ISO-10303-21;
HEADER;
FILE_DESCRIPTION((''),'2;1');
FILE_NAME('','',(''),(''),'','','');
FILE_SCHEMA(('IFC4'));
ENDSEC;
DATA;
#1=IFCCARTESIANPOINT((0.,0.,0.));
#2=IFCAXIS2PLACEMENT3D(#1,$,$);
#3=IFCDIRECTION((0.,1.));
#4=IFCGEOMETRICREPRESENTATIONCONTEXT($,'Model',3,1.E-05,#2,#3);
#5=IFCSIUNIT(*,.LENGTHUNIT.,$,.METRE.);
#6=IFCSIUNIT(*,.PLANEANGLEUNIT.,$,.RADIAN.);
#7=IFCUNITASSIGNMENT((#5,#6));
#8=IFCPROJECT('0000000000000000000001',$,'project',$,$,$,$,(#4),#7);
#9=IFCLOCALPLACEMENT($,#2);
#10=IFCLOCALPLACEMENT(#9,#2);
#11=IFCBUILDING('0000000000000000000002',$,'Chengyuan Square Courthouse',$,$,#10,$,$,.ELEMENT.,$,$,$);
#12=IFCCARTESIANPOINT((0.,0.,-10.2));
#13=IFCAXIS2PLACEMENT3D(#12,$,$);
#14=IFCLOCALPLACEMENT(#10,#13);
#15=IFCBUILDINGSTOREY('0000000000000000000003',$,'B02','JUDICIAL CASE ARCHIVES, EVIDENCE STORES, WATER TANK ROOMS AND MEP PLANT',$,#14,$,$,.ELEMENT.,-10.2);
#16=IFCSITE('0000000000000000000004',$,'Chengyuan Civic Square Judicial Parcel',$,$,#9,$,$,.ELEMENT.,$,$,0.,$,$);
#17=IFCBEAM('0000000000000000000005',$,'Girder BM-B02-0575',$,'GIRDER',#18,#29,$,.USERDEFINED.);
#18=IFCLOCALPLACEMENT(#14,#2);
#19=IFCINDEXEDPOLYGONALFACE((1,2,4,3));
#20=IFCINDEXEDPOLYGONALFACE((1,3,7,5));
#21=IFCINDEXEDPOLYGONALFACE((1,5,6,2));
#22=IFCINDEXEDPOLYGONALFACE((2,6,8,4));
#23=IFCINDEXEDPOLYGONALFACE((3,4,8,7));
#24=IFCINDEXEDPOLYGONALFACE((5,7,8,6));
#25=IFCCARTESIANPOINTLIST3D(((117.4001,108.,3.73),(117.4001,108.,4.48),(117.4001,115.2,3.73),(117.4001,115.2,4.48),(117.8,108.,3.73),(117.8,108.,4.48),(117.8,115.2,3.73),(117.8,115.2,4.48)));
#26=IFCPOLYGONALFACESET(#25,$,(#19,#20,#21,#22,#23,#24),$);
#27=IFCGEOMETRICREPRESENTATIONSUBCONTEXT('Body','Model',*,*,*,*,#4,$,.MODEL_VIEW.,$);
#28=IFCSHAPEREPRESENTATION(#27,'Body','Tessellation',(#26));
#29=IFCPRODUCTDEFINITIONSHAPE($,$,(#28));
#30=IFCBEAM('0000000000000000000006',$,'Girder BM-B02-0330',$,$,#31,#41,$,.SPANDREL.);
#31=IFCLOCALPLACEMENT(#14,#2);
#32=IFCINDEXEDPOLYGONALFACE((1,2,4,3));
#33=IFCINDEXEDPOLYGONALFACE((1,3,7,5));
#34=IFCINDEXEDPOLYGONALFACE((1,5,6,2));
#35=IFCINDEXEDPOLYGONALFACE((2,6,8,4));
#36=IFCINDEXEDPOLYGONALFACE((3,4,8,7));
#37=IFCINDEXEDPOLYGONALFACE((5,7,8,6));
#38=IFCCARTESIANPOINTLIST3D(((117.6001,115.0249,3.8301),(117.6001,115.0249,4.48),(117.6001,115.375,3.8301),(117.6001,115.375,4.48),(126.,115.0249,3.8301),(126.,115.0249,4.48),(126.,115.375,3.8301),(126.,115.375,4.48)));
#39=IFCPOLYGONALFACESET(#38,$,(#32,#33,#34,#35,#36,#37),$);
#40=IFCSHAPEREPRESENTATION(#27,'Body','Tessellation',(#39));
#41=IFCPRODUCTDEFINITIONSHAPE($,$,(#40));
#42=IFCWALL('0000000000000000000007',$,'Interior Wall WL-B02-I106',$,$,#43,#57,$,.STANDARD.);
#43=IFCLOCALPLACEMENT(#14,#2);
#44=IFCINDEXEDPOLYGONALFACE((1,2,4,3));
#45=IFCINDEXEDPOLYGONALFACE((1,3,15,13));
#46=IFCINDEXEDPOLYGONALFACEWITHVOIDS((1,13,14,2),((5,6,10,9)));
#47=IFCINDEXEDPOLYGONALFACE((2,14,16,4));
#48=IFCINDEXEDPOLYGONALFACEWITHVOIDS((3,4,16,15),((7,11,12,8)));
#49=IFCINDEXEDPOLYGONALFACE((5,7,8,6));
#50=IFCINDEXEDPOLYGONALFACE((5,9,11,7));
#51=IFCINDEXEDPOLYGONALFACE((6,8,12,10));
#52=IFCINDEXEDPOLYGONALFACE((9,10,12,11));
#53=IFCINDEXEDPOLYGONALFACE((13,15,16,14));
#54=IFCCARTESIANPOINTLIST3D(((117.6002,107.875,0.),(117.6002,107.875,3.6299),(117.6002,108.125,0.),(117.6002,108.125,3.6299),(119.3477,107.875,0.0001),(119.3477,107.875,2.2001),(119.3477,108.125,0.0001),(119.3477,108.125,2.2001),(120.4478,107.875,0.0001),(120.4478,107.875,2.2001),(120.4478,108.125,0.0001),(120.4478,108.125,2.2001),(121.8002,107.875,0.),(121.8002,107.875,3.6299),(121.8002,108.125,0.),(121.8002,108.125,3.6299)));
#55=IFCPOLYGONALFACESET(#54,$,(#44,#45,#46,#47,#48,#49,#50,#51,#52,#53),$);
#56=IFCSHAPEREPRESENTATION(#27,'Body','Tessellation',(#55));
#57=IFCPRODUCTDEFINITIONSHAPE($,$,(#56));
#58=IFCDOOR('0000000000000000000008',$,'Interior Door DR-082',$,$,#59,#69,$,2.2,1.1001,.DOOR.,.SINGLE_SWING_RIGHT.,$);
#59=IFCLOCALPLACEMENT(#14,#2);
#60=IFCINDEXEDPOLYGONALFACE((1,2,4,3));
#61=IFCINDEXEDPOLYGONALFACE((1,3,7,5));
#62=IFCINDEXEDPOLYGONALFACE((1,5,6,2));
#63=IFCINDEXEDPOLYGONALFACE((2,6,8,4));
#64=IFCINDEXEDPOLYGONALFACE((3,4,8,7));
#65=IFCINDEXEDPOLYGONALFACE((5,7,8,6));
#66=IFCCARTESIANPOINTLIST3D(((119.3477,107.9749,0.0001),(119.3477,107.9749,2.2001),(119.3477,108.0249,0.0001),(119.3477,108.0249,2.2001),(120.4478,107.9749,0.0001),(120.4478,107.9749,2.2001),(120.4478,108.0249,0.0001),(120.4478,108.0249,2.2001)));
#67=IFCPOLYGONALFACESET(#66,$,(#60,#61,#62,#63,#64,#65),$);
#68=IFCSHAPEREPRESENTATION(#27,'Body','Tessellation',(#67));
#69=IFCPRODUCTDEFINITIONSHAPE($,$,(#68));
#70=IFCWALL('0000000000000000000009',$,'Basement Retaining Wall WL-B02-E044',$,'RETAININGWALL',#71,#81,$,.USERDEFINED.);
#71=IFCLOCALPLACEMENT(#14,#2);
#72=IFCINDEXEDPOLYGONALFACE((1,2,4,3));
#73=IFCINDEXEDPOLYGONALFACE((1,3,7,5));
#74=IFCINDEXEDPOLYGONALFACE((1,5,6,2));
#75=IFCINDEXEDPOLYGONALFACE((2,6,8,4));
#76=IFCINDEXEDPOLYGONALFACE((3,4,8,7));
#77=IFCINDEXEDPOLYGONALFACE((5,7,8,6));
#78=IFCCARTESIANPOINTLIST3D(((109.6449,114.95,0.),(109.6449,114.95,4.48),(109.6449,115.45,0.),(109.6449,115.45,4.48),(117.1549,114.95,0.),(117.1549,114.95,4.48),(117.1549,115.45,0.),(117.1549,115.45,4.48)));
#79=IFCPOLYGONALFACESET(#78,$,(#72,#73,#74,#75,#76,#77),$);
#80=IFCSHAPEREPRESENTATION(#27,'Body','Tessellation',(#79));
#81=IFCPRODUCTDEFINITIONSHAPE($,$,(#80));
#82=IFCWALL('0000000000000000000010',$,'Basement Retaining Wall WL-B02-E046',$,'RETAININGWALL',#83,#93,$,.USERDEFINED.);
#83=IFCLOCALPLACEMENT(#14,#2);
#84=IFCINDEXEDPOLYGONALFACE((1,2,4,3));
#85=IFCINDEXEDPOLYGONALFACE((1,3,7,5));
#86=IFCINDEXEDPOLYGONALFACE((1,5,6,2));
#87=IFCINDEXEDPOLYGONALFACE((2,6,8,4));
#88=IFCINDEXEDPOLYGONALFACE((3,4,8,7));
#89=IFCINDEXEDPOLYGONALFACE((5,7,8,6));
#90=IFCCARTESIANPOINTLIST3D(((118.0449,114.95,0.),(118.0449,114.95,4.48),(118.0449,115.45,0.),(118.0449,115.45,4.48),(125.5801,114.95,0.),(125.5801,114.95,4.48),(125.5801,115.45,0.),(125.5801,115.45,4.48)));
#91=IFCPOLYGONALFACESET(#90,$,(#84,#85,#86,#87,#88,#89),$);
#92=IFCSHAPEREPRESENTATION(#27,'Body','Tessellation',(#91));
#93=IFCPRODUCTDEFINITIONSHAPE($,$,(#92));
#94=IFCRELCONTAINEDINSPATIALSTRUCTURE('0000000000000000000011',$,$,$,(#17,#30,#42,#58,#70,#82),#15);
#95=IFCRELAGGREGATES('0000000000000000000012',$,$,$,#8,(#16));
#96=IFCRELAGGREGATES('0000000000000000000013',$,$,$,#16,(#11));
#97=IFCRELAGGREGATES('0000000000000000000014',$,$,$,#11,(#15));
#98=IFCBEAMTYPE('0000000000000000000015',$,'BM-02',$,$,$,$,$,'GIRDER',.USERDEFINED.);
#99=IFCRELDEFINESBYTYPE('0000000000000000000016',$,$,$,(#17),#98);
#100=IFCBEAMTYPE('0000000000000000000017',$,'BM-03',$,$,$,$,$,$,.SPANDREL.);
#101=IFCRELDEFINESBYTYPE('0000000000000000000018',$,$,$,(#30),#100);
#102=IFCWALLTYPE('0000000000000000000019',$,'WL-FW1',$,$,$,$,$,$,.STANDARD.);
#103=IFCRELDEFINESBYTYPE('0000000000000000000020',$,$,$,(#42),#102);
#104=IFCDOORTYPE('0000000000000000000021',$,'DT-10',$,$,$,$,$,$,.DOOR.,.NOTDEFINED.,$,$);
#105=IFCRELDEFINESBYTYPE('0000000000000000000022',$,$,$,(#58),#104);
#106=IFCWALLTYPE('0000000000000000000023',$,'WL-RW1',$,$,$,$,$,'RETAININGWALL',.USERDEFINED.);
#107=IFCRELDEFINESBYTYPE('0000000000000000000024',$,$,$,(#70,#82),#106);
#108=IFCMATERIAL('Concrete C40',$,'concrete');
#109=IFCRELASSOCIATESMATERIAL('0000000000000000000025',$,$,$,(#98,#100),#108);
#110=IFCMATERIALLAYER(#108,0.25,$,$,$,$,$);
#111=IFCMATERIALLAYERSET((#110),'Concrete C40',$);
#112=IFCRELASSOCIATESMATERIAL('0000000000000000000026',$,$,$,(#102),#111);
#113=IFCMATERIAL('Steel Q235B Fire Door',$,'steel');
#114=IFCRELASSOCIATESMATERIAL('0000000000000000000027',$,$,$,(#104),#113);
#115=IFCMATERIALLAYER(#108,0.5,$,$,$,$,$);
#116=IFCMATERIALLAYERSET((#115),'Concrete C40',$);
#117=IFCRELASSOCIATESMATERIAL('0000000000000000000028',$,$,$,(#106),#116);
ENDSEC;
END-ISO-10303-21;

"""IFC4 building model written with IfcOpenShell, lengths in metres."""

from ifc_helpers import new_model, si_unit, direction, frame, frame_2d, origin, origin_2d, place, context, subcontext, project, spatial, rectangle, extrude, material, layer, layer_set, material_profile, profile_set, type_object, element, fill, save


model = new_model("IFC4")

# Units and contexts
model_context = context("Model", 3, precision=1e-05, world=origin(), true_north=direction((0.0, 1.0)))
body_context = subcontext(model_context, "Body", "Model", "MODEL_VIEW")
ifc_project = project(units=[si_unit("LENGTHUNIT", "METRE"), si_unit("PLANEANGLEUNIT", "RADIAN")], contexts=[model_context])

# Site, building, storey
site_placement = place(None, origin())
site = spatial("IfcSite", under=ifc_project, at=site_placement, Name="Chengyuan Civic Square Judicial Parcel", CompositionType="ELEMENT", RefElevation=0.0)
building_placement = place(site_placement, origin())
building = spatial("IfcBuilding", under=site, at=building_placement, Name="Chengyuan Square Courthouse", CompositionType="ELEMENT")
storey_placement = place(building_placement, frame((0.0, 0.0, -10.2)))
storey = spatial("IfcBuildingStorey", under=building, at=storey_placement, Name="B02", Description="JUDICIAL CASE ARCHIVES, EVIDENCE STORES, WATER TANK ROOMS AND MEP PLANT", CompositionType="ELEMENT", Elevation=-10.2)

# Shared definitions
ifc_material_1 = material(Name="Concrete C40", Category="concrete")

# Beams
ifc_material_profile_1 = material_profile(ifc_material_1, rectangle(XDim=0.3999, YDim=0.75, at=origin_2d()), Name="RC-BM-400x750")
ifc_profile_set_1 = profile_set([ifc_material_profile_1], Name="Concrete C40")
beam_type_1 = type_object("IfcBeamType", Name="BM-02", ElementType="GIRDER", PredefinedType="USERDEFINED", material=ifc_profile_set_1)
beam_1_placement = place(storey_placement, frame((117.6001, 108.0, 4.105), z_axis=(0.0, 1.0, 0.0), x_axis=(-1.0, 0.0, 0.0)))
element("IfcBeam", 1, at=beam_1_placement, inside=storey, type_object=beam_type_1, Name="Girder BM-B02-0575", ObjectType="GIRDER", PredefinedType="USERDEFINED", context=body_context, shape_type="SweptSolid", body=[
    extrude(rectangle(XDim=0.3999, YDim=0.75, at=origin_2d()), origin(), (0.0, 0.0, 1.0), 7.2),
])
ifc_material_profile_2 = material_profile(ifc_material_1, rectangle(XDim=0.3501, YDim=0.6499, at=origin_2d()), Name="RC-BM-350x650")
ifc_profile_set_2 = profile_set([ifc_material_profile_2], Name="Concrete C40")
beam_type_2 = type_object("IfcBeamType", Name="BM-03", PredefinedType="SPANDREL", material=ifc_profile_set_2)
beam_2_placement = place(storey_placement, frame((117.6001, 115.2, 4.155), z_axis=(1.0, 0.0, 0.0), x_axis=(0.0, 1.0, 0.0)))
element("IfcBeam", 2, at=beam_2_placement, inside=storey, type_object=beam_type_2, Name="Girder BM-B02-0330", PredefinedType="SPANDREL", context=body_context, shape_type="SweptSolid", body=[
    extrude(rectangle(XDim=0.3501, YDim=0.6499, at=origin_2d()), origin(), (0.0, 0.0, 1.0), 8.3999),
])

# Wall, opening, door
ifc_layer_1 = layer(ifc_material_1, 0.25)
ifc_layer_set_1 = layer_set([ifc_layer_1], Name="Concrete C40")
wall_type_1 = type_object("IfcWallType", Name="WL-FW1", PredefinedType="STANDARD", material=ifc_layer_set_1)
wall_1_placement = place(storey_placement, frame((117.6001, 108.0, 0.0), z_axis=(0.0, 0.0, 1.0), x_axis=(1.0, 0.0, 0.0)))
wall_1 = element("IfcWall", 3, at=wall_1_placement, inside=storey, type_object=wall_type_1, Name="Interior Wall WL-B02-I106", PredefinedType="STANDARD", context=body_context, shape_type="SweptSolid", body=[
    extrude(rectangle(XDim=4.2, YDim=0.25, at=frame_2d((2.1001, 0.0))), origin(), (0.0, 0.0, 1.0), 3.6299),
])
opening_placement = place(wall_1_placement, frame((1.7476, 0.0, 0.0)))
opening = element("IfcOpeningElement", 4, at=opening_placement, cuts=wall_1, PredefinedType="OPENING", context=body_context, shape_type="SweptSolid", body=[
    extrude(rectangle(XDim=1.1001, YDim=2.2, at=frame_2d((0.55, 1.1001))), frame((0.0, 0.137, 0.0), z_axis=(0.0, -1.0, 0.0), x_axis=(1.0, 0.0, 0.0)), (0.0, 0.0, 1.0), 0.2739),
])
ifc_material_2 = material(Name="Steel Q235B Fire Door", Category="steel")
door_type = type_object("IfcDoorType", Name="DT-10", OperationType="NOTDEFINED", PredefinedType="DOOR", material=ifc_material_2)
door_placement = place(opening_placement, origin())
door = element("IfcDoor", 5, at=door_placement, inside=storey, type_object=door_type, Name="Interior Door DR-082", OperationType="SINGLE_SWING_RIGHT", OverallHeight=2.2, OverallWidth=1.1001, PredefinedType="DOOR", context=body_context, shape_type="SweptSolid", body=[
    extrude(rectangle(XDim=1.1001, YDim=2.2, at=frame_2d((0.55, 1.1001))), frame((0.0, 0.0249, 0.0), z_axis=(0.0, -1.0, 0.0), x_axis=(1.0, 0.0, 0.0)), (0.0, 0.0, 1.0), 0.05),
])
fill(opening, door)

# Walls
ifc_layer_2 = layer(ifc_material_1, 0.5)
ifc_layer_set_2 = layer_set([ifc_layer_2], Name="Concrete C40")
wall_type_2 = type_object("IfcWallType", Name="WL-RW1", ElementType="RETAININGWALL", PredefinedType="USERDEFINED", material=ifc_layer_set_2)
wall_2_placement = place(storey_placement, frame((109.645, 115.2, 0.0), z_axis=(0.0, 0.0, 1.0), x_axis=(1.0, 0.0, 0.0)))
element("IfcWall", 6, at=wall_2_placement, inside=storey, type_object=wall_type_2, Name="Basement Retaining Wall WL-B02-E044", ObjectType="RETAININGWALL", PredefinedType="USERDEFINED", context=body_context, shape_type="SweptSolid", body=[
    extrude(rectangle(XDim=7.51, YDim=0.5, at=frame_2d((3.7549, 0.0))), origin(), (0.0, 0.0, 1.0), 4.48),
])
wall_3_placement = place(storey_placement, frame((118.0449, 115.2, 0.0), z_axis=(0.0, 0.0, 1.0), x_axis=(1.0, 0.0, 0.0)))
element("IfcWall", 7, at=wall_3_placement, inside=storey, type_object=wall_type_2, Name="Basement Retaining Wall WL-B02-E046", ObjectType="RETAININGWALL", PredefinedType="USERDEFINED", context=body_context, shape_type="SweptSolid", body=[
    extrude(rectangle(XDim=7.5352, YDim=0.5, at=frame_2d((3.7676, 0.0))), origin(), (0.0, 0.0, 1.0), 4.48),
])

save(model, "model.ifc")
